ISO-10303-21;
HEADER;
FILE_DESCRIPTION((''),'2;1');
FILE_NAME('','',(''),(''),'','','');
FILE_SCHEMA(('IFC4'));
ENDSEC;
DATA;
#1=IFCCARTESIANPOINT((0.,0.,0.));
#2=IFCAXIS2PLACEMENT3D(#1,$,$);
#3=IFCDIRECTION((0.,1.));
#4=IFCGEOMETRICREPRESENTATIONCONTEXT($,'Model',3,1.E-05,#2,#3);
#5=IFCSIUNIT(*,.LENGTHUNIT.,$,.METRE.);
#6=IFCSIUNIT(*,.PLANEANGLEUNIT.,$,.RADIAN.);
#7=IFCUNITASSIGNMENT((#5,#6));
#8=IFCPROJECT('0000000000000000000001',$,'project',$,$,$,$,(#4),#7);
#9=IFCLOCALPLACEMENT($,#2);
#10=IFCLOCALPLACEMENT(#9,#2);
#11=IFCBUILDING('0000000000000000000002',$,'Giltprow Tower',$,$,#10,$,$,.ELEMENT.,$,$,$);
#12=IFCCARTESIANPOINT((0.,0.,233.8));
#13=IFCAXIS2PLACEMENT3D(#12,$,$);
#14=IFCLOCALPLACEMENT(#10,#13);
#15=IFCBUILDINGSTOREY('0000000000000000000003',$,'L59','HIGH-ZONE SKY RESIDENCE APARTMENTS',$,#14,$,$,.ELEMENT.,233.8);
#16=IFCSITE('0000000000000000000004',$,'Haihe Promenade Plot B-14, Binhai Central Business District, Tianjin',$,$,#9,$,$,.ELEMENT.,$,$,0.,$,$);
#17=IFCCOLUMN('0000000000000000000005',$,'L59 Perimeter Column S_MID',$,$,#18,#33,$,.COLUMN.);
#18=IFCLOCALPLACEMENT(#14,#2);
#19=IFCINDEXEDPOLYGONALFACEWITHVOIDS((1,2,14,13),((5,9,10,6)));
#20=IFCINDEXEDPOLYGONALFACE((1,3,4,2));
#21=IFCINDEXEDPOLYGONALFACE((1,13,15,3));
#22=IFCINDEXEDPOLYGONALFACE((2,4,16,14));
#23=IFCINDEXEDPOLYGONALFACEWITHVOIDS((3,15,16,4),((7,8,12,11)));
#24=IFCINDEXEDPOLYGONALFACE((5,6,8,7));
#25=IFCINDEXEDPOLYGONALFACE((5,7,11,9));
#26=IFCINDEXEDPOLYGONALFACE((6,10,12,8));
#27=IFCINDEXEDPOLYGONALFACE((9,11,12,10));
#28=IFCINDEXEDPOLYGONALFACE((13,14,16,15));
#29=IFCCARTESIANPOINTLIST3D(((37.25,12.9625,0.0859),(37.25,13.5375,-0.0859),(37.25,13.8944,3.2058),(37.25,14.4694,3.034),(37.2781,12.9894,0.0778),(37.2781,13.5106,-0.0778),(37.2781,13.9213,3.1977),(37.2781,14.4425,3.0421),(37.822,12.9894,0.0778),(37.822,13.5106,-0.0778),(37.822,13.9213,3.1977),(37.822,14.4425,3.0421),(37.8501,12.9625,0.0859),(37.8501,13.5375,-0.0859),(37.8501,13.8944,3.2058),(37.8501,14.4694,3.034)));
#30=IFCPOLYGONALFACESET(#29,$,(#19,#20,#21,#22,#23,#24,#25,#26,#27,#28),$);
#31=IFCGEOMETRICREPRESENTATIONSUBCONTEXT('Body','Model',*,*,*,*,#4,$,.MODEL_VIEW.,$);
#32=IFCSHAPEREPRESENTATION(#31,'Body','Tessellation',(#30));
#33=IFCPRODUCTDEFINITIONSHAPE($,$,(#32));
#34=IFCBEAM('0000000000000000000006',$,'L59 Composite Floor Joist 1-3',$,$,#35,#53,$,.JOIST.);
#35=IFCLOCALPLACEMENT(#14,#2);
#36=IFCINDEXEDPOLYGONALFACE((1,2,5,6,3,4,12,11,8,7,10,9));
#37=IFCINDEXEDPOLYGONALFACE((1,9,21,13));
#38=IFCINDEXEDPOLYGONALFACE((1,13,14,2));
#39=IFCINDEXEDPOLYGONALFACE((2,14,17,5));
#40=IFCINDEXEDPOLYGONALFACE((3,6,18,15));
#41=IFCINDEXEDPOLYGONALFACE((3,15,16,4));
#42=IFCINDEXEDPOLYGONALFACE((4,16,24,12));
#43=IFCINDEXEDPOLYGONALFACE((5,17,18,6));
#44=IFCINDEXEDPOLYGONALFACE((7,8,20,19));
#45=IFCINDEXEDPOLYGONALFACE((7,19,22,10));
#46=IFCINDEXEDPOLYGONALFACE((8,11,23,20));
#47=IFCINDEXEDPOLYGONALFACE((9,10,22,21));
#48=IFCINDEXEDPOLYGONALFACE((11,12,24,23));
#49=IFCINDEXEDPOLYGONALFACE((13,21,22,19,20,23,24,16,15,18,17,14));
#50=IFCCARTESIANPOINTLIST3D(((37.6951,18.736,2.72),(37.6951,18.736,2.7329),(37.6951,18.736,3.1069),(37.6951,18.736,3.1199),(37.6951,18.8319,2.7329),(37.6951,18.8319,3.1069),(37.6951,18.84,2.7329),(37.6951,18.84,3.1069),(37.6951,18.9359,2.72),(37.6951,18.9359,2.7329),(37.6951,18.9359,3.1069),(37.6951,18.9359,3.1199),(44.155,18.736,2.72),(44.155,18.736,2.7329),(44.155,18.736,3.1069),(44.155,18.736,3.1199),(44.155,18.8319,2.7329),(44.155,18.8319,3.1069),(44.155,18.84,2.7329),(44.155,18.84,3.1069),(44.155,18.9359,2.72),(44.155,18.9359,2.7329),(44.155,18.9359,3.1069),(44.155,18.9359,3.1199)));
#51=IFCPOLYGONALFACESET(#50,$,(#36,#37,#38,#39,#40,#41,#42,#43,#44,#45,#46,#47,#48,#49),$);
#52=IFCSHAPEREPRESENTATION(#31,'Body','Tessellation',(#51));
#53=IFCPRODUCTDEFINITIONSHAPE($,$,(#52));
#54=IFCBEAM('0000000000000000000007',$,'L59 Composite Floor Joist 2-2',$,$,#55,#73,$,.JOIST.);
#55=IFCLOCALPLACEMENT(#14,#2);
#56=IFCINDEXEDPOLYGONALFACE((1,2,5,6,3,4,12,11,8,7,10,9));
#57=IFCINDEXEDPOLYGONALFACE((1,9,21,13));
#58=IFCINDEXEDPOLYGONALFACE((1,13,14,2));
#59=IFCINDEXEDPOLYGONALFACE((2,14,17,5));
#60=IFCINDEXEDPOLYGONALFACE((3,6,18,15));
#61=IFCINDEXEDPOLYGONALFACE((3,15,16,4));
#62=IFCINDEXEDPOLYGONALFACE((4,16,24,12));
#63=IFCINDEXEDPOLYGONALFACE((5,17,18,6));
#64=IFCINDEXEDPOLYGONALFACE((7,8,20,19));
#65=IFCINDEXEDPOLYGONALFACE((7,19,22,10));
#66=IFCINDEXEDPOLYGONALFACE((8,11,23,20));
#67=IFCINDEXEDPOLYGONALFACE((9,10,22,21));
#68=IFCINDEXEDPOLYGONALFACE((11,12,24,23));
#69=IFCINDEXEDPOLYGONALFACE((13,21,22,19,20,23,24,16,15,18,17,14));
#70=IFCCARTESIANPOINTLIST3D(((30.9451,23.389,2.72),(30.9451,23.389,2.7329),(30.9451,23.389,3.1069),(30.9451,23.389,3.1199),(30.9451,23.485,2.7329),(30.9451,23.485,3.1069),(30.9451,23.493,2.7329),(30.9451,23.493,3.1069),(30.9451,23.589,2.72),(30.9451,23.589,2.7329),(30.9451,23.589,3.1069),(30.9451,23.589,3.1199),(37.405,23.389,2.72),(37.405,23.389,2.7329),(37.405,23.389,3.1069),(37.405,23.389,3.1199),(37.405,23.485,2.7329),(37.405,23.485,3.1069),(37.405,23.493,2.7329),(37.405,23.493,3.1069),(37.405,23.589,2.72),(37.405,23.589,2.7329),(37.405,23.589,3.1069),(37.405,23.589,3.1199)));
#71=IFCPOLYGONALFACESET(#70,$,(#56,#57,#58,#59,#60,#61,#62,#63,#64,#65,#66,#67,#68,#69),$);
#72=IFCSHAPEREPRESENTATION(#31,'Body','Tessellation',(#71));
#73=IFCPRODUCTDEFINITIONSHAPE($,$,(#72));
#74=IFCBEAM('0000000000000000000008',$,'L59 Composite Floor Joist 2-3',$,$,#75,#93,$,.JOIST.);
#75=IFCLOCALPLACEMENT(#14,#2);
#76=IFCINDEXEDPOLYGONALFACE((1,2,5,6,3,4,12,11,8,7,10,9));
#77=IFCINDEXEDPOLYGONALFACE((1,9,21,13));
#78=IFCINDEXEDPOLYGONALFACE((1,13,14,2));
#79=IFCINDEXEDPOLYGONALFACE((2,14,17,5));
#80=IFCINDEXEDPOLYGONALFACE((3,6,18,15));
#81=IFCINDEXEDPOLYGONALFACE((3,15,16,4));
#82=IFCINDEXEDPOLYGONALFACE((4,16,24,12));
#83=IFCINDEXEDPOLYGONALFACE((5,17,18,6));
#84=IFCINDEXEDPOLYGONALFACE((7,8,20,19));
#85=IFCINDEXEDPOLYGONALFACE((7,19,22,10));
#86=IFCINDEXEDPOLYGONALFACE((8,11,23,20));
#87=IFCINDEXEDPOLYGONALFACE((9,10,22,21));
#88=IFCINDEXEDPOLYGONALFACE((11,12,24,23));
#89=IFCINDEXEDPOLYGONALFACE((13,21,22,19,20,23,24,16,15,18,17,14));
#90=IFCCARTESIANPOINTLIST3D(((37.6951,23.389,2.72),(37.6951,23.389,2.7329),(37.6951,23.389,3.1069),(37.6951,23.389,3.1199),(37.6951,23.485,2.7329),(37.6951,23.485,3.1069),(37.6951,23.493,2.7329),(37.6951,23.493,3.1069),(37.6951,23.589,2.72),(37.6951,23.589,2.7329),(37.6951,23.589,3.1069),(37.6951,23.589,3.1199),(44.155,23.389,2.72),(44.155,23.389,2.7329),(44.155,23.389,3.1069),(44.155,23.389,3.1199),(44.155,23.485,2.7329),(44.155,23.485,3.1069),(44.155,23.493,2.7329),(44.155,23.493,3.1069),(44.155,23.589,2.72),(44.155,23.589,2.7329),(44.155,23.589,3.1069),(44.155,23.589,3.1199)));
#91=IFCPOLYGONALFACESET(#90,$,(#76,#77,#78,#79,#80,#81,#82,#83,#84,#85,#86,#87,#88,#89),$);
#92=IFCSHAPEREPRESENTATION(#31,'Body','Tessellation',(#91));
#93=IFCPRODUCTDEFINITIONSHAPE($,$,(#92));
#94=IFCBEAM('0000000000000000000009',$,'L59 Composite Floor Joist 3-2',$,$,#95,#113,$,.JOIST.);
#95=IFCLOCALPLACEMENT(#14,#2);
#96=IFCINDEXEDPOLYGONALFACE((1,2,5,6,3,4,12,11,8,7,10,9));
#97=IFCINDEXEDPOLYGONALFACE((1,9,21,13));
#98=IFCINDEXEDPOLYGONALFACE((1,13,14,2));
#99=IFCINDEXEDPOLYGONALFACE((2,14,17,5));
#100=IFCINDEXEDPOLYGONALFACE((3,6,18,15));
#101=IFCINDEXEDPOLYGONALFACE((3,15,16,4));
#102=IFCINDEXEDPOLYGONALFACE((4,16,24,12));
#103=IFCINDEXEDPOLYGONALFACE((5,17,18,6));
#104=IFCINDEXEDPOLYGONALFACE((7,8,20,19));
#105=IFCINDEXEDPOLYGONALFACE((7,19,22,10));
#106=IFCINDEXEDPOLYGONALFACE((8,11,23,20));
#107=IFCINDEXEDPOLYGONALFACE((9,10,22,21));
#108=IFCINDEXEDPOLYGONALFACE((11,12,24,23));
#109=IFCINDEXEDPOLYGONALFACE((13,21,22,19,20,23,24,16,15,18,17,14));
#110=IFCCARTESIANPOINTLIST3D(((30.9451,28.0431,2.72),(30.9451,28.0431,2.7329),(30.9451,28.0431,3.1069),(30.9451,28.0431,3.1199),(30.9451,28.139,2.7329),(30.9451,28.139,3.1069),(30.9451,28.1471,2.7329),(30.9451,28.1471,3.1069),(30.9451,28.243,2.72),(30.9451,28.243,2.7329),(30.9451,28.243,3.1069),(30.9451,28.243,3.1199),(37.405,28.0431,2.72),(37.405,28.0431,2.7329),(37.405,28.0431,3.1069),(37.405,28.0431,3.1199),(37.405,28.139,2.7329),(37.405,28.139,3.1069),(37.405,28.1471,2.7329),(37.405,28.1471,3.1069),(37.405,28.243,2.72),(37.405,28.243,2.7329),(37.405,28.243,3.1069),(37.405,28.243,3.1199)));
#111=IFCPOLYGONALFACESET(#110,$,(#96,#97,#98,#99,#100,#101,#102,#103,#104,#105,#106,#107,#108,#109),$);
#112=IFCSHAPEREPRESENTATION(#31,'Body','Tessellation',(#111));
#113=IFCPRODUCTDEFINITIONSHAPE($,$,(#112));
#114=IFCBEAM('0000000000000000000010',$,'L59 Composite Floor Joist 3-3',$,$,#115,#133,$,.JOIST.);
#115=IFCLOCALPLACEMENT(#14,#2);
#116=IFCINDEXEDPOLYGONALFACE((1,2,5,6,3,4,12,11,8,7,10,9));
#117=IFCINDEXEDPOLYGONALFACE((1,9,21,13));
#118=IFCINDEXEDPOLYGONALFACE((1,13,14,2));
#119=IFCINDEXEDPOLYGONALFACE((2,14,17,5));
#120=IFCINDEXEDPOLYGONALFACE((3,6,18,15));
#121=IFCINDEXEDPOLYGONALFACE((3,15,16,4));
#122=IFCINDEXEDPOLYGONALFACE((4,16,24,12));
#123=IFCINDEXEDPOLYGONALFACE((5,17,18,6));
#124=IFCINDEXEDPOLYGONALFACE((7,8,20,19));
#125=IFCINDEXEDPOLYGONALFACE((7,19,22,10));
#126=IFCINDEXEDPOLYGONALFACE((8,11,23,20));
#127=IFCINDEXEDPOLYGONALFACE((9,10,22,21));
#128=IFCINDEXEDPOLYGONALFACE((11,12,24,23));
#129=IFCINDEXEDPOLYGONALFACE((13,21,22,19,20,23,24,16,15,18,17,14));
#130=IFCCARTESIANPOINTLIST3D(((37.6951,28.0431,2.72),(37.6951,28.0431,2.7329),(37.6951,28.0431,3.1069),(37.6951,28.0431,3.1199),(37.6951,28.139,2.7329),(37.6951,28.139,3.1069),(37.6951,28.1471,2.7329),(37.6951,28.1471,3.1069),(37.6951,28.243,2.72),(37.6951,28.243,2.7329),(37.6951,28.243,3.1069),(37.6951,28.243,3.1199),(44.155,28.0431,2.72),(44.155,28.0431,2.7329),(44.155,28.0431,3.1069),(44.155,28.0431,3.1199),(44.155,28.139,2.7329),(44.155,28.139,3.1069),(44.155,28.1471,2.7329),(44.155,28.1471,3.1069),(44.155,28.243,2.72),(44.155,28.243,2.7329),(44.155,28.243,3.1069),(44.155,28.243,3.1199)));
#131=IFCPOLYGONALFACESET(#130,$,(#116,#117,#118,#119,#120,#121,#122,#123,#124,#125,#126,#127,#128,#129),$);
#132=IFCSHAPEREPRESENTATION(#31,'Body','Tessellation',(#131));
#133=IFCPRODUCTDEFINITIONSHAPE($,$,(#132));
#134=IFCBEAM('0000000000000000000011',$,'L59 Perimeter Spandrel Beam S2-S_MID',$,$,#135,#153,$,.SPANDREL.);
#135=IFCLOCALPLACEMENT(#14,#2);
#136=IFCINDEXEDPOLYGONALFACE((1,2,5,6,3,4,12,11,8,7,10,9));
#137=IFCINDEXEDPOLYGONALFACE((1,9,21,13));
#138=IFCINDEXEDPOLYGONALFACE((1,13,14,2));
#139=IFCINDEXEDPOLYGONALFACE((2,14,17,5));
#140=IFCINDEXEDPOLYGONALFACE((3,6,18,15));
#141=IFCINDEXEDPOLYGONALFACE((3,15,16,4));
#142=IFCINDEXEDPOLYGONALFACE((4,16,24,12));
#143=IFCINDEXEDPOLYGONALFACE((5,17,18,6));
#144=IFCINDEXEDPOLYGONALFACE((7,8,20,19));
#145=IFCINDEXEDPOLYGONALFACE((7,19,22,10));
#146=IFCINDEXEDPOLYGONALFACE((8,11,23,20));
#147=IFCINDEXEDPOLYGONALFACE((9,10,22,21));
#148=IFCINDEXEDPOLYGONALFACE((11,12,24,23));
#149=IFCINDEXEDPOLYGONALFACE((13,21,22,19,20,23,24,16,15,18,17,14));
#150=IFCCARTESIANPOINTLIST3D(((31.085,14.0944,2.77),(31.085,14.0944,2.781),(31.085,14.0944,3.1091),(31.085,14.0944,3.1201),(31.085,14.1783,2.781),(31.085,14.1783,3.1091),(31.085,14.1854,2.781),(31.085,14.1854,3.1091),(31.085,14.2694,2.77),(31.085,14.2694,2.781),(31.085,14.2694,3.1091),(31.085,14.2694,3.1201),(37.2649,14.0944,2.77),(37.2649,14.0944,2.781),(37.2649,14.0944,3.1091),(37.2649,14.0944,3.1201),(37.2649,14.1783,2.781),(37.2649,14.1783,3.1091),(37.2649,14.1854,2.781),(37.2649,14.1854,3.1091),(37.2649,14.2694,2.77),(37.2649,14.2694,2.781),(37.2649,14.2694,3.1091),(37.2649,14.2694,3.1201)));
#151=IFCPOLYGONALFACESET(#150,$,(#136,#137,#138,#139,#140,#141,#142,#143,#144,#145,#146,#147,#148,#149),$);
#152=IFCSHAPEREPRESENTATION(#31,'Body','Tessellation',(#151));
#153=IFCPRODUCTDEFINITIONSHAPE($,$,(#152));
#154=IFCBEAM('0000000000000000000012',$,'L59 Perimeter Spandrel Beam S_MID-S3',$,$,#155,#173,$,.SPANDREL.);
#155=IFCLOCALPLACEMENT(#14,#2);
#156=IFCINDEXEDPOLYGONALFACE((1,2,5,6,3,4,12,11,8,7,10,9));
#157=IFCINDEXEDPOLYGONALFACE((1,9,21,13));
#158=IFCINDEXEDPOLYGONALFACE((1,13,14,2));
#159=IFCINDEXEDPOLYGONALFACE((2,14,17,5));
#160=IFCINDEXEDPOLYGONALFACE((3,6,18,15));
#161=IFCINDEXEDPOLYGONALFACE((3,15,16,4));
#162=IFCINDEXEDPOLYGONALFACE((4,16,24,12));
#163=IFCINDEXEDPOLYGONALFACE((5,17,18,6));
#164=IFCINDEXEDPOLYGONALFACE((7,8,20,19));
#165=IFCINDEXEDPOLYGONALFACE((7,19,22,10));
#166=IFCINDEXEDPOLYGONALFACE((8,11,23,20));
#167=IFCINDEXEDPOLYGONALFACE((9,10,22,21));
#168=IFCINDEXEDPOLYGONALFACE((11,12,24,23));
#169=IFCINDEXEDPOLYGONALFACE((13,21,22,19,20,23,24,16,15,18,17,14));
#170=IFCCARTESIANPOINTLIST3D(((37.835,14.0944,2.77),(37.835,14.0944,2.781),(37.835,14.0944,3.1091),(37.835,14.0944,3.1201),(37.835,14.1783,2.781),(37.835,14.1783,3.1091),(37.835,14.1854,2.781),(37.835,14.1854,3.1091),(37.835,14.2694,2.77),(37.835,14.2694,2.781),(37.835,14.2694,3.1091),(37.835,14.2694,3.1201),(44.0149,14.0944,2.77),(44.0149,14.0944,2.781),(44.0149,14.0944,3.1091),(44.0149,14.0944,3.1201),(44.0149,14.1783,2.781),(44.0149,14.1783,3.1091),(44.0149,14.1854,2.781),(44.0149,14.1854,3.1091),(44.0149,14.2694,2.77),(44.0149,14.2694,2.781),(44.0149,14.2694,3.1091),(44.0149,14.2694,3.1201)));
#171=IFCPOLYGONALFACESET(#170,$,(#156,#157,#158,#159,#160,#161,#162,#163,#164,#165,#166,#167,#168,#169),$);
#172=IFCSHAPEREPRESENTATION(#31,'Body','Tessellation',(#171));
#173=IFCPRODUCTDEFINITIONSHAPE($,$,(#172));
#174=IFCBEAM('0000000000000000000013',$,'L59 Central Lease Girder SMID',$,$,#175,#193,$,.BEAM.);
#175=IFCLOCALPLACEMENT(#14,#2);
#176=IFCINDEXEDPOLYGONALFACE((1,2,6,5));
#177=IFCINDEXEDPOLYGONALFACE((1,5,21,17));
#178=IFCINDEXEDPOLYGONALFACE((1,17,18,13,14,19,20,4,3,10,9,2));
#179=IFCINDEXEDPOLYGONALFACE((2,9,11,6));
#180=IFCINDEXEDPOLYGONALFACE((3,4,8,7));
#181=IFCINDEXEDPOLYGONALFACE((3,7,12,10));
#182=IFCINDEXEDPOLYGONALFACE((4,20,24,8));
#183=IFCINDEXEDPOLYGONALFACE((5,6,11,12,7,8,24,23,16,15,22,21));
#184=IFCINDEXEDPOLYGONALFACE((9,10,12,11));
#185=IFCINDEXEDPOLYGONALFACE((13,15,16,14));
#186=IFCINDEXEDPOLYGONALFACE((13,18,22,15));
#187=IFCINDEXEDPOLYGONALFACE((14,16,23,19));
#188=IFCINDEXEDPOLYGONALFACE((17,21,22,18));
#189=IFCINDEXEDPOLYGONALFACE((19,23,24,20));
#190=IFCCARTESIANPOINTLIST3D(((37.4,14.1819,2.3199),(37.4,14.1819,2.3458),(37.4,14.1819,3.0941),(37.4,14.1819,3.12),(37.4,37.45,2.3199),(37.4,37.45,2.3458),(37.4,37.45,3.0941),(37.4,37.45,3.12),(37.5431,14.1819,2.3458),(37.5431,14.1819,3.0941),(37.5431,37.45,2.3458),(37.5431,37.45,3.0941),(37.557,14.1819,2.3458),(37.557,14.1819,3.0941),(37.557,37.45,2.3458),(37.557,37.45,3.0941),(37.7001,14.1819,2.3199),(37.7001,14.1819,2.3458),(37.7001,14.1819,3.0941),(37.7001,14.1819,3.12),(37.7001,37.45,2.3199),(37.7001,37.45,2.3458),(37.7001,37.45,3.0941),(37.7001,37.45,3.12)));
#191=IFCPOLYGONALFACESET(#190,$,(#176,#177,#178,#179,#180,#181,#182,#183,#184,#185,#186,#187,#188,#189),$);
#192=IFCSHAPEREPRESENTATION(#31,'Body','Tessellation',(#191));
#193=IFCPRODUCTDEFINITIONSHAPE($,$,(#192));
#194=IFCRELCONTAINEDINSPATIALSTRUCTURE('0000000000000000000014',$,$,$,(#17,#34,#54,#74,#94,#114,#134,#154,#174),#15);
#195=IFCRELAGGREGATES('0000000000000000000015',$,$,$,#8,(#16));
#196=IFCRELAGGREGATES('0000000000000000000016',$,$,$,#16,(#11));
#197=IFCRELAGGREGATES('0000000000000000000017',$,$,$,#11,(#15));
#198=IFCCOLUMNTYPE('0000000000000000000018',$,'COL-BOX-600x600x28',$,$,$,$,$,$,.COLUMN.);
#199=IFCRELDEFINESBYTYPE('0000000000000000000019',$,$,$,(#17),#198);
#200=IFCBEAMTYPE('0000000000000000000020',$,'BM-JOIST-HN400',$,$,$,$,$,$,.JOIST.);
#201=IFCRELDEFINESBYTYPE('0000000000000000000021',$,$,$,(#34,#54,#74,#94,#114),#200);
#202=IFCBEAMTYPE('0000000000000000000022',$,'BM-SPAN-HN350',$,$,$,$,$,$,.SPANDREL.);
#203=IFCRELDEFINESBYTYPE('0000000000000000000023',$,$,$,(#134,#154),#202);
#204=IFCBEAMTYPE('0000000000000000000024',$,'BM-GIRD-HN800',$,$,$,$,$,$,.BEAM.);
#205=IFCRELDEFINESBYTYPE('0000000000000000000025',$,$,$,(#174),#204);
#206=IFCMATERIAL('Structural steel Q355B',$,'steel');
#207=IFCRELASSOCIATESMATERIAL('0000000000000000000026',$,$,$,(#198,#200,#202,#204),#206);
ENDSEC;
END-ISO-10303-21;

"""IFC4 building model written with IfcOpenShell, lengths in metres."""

from ifc_helpers import new_model, si_unit, direction, frame, origin, origin_2d, place, context, subcontext, project, spatial, hollow_rectangle, i_section, extrude, source, transform, mapped, material, material_profile, profile_set, type_object, element, save


model = new_model("IFC4")

# Units and contexts
model_context = context("Model", 3, precision=1e-05, world=origin(), true_north=direction((0.0, 1.0)))
body_context = subcontext(model_context, "Body", "Model", "MODEL_VIEW")
ifc_project = project(units=[si_unit("LENGTHUNIT", "METRE"), si_unit("PLANEANGLEUNIT", "RADIAN")], contexts=[model_context])

# Site, building, storey
site_placement = place(None, origin())
site = spatial("IfcSite", under=ifc_project, at=site_placement, Name="Haihe Promenade Plot B-14, Binhai Central Business District, Tianjin", CompositionType="ELEMENT", RefElevation=0.0)
building_placement = place(site_placement, origin())
building = spatial("IfcBuilding", under=site, at=building_placement, Name="Giltprow Tower", CompositionType="ELEMENT")
storey_placement = place(building_placement, frame((0.0, 0.0, 233.8)))
storey = spatial("IfcBuildingStorey", under=building, at=storey_placement, Name="L59", Description="HIGH-ZONE SKY RESIDENCE APARTMENTS", CompositionType="ELEMENT", Elevation=233.8)

# Column
ifc_material_1 = material(Name="Structural steel Q355B", Category="steel")
ifc_material_profile_1 = material_profile(ifc_material_1, hollow_rectangle(XDim=0.6001, YDim=0.6001, WallThickness=0.0281, at=origin_2d()), Name="BOX 600x600x28")
ifc_profile_set_1 = profile_set([ifc_material_profile_1], Name="Structural steel Q355B")
column_type = type_object("IfcColumnType", Name="COL-BOX-600x600x28", PredefinedType="COLUMN", material=ifc_profile_set_1)
shared_shape_1 = source(origin(), body_context, "Body", "SweptSolid", [
    extrude(hollow_rectangle(XDim=0.6001, YDim=0.6001, WallThickness=0.0281, at=origin_2d()), origin(), (0.0, 0.0, 1.0), 3.2561),
])
column_placement = place(storey_placement, frame((37.55, 13.25, 0.0), z_axis=(0.0, 0.286199, 0.95817), x_axis=(-1.0, 0.0, 0.0)))
element("IfcColumn", 1, at=column_placement, inside=storey, type_object=column_type, Name="L59 Perimeter Column S_MID", PredefinedType="COLUMN", context=body_context, shape_type="MappedRepresentation", body=[
    mapped(shared_shape_1, transform((0.0, 0.0, 0.0), x_axis=(1.0, 0.0, 0.0), y_axis=(0.0, 1.0, 0.0), z_axis=(0.0, 0.0, 1.0), scale=1.0)),
])

# Beams
ifc_material_profile_2 = material_profile(ifc_material_1, i_section(OverallWidth=0.2, OverallDepth=0.3999, WebThickness=0.0081, FlangeThickness=0.0129, at=origin_2d()), Name="HN 400x200x8x13")
ifc_profile_set_2 = profile_set([ifc_material_profile_2], Name="Structural steel Q355B")
beam_type_1 = type_object("IfcBeamType", Name="BM-JOIST-HN400", PredefinedType="JOIST", material=ifc_profile_set_2)
shared_shape_2 = source(origin(), body_context, "Body", "SweptSolid", [
    extrude(i_section(OverallWidth=0.2, OverallDepth=0.3999, WebThickness=0.0081, FlangeThickness=0.0129, at=origin_2d()), origin(), (0.0, 0.0, 1.0), 6.46),
])
for number, where, z_axis, x_axis, name in (
    (2, (37.6951, 18.8359, 2.9199), (1.0, 0.0, 0.0), (0.0, 1.0, 0.0), "L59 Composite Floor Joist 1-3"),
    (3, (30.9451, 23.489, 2.9199), (1.0, 0.0, 0.0), (0.0, 1.0, 0.0), "L59 Composite Floor Joist 2-2"),
    (4, (37.6951, 23.489, 2.9199), (1.0, 0.0, 0.0), (0.0, 1.0, 0.0), "L59 Composite Floor Joist 2-3"),
    (5, (30.9451, 28.1431, 2.9199), (1.0, 0.0, 0.0), (0.0, 1.0, 0.0), "L59 Composite Floor Joist 3-2"),
    (6, (37.6951, 28.1431, 2.9199), (1.0, 0.0, 0.0), (0.0, 1.0, 0.0), "L59 Composite Floor Joist 3-3"),
):
    element("IfcBeam", number, at=place(storey_placement, frame(where, z_axis=z_axis, x_axis=x_axis)), inside=storey, type_object=beam_type_1, Name=name, PredefinedType="JOIST", context=body_context, shape_type="MappedRepresentation", body=[
        mapped(shared_shape_2, transform((0.0, 0.0, 0.0), x_axis=(1.0, 0.0, 0.0), y_axis=(0.0, 1.0, 0.0), z_axis=(0.0, 0.0, 1.0), scale=1.0)),
    ])
ifc_material_profile_3 = material_profile(ifc_material_1, i_section(OverallWidth=0.175, OverallDepth=0.3501, WebThickness=0.0071, FlangeThickness=0.011, at=origin_2d()), Name="HN 350x175x7x11")
ifc_profile_set_3 = profile_set([ifc_material_profile_3], Name="Structural steel Q355B")
beam_type_2 = type_object("IfcBeamType", Name="BM-SPAN-HN350", PredefinedType="SPANDREL", material=ifc_profile_set_3)
shared_shape_3 = source(origin(), body_context, "Body", "SweptSolid", [
    extrude(i_section(OverallWidth=0.175, OverallDepth=0.3501, WebThickness=0.0071, FlangeThickness=0.011, at=origin_2d()), origin(), (0.0, 0.0, 1.0), 6.1799),
])
for number, where, z_axis, x_axis, name in (
    (7, (31.085, 14.1819, 2.9451), (1.0, 0.0, 0.0), (0.0, 1.0, 0.0), "L59 Perimeter Spandrel Beam S2-S_MID"),
    (8, (37.835, 14.1819, 2.9451), (1.0, 0.0, 0.0), (0.0, 1.0, 0.0), "L59 Perimeter Spandrel Beam S_MID-S3"),
):
    element("IfcBeam", number, at=place(storey_placement, frame(where, z_axis=z_axis, x_axis=x_axis)), inside=storey, type_object=beam_type_2, Name=name, PredefinedType="SPANDREL", context=body_context, shape_type="MappedRepresentation", body=[
        mapped(shared_shape_3, transform((0.0, 0.0, 0.0), x_axis=(1.0, 0.0, 0.0), y_axis=(0.0, 1.0, 0.0), z_axis=(0.0, 0.0, 1.0), scale=1.0)),
    ])
ifc_material_profile_4 = material_profile(ifc_material_1, i_section(OverallWidth=0.3, OverallDepth=0.8, WebThickness=0.0139, FlangeThickness=0.0259, at=origin_2d()), Name="HN 800x300x14x26")
ifc_profile_set_4 = profile_set([ifc_material_profile_4], Name="Structural steel Q355B")
beam_type_3 = type_object("IfcBeamType", Name="BM-GIRD-HN800", PredefinedType="BEAM", material=ifc_profile_set_4)
shared_shape_4 = source(origin(), body_context, "Body", "SweptSolid", [
    extrude(i_section(OverallWidth=0.3, OverallDepth=0.8, WebThickness=0.0139, FlangeThickness=0.0259, at=origin_2d()), origin(), (0.0, 0.0, 1.0), 23.2681),
])
beam_placement = place(storey_placement, frame((37.55, 14.1819, 2.72), z_axis=(0.0, 1.0, 0.0), x_axis=(-1.0, 0.0, 0.0)))
element("IfcBeam", 9, at=beam_placement, inside=storey, type_object=beam_type_3, Name="L59 Central Lease Girder SMID", PredefinedType="BEAM", context=body_context, shape_type="MappedRepresentation", body=[
    mapped(shared_shape_4, transform((0.0, 0.0, 0.0), x_axis=(1.0, 0.0, 0.0), y_axis=(0.0, 1.0, 0.0), z_axis=(0.0, 0.0, 1.0), scale=1.0)),
])

save(model, "model.ifc")
